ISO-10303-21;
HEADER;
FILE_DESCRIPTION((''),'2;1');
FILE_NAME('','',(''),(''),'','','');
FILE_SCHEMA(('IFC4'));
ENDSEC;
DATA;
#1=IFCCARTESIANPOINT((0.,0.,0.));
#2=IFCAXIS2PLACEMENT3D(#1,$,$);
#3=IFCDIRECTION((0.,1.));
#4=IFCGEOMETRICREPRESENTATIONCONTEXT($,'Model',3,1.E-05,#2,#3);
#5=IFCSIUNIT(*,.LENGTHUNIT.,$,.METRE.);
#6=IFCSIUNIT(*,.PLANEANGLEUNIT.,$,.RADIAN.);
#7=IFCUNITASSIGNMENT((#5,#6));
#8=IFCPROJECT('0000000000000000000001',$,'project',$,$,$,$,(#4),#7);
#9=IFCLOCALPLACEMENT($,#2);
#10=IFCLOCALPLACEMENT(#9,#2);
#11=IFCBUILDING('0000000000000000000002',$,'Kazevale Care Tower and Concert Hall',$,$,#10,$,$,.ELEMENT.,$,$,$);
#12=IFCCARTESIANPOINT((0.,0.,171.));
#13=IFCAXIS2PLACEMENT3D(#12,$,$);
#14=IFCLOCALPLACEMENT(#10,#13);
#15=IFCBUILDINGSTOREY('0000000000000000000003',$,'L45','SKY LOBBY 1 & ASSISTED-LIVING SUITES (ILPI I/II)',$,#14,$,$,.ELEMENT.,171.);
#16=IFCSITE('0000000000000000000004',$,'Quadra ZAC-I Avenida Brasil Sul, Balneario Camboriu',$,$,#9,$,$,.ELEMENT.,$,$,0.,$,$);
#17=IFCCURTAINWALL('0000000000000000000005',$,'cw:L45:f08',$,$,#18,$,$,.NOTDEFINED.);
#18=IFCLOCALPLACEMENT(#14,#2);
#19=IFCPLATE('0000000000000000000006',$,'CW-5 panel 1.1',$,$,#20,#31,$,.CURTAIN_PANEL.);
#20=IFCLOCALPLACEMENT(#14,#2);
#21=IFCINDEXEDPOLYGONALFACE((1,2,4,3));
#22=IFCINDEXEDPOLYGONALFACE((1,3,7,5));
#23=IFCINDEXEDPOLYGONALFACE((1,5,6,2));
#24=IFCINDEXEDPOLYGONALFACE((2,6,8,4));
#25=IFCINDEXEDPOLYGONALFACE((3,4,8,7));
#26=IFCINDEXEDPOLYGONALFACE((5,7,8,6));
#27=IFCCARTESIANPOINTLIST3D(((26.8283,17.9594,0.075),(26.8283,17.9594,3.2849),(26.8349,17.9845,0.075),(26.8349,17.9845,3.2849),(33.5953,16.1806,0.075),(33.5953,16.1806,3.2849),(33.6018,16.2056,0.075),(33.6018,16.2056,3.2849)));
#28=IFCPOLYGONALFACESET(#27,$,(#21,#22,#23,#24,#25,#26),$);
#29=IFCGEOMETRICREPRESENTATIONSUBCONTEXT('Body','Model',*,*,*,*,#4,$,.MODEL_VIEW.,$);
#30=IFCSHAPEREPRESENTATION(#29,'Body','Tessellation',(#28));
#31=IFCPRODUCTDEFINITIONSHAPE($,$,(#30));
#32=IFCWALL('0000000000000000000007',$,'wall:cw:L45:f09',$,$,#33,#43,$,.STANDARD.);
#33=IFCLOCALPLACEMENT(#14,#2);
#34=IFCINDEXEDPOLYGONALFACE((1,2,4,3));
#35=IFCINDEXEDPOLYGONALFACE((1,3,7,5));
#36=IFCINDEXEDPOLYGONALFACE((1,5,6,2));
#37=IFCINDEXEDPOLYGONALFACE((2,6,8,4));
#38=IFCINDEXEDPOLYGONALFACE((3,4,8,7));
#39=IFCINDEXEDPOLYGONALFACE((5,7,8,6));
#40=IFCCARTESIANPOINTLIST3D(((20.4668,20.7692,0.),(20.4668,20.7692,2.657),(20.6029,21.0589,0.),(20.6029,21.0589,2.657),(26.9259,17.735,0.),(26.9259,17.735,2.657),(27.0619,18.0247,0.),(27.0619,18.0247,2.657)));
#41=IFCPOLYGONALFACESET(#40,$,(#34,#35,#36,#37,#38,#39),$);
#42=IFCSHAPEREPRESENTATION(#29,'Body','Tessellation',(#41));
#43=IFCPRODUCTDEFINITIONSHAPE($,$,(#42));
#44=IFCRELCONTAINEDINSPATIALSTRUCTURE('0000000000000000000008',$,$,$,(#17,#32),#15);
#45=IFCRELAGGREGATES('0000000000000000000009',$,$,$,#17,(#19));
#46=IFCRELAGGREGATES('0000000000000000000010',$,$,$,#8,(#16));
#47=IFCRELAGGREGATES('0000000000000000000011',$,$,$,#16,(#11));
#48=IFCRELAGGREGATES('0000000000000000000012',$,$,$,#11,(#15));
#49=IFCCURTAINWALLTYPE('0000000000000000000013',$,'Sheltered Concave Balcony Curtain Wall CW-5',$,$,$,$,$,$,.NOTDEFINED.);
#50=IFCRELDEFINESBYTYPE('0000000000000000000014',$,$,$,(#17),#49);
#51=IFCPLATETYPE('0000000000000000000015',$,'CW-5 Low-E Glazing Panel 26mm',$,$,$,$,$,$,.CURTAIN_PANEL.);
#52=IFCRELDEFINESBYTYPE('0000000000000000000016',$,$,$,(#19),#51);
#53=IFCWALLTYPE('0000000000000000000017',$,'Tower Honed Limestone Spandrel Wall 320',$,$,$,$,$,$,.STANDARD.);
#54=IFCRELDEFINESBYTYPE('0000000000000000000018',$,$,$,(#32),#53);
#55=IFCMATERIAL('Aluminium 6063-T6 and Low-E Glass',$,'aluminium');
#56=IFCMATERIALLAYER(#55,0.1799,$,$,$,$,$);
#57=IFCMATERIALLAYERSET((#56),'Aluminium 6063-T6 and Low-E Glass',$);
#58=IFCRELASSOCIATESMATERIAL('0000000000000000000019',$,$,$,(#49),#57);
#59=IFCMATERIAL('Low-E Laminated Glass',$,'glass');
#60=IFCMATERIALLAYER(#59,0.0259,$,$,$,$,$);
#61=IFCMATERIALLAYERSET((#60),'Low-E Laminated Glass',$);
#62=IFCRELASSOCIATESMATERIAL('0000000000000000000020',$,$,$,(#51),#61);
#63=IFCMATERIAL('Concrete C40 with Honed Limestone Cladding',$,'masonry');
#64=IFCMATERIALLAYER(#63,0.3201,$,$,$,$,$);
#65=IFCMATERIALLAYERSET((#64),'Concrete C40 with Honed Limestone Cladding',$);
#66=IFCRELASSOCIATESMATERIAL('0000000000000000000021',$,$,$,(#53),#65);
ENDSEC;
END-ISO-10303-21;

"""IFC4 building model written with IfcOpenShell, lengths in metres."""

from ifc_helpers import new_model, si_unit, direction, frame, frame_2d, origin, origin_2d, place, context, subcontext, project, spatial, rectangle, extrude, material, layer, layer_set, type_object, element, aggregate, save


model = new_model("IFC4")

# Units and contexts
model_context = context("Model", 3, precision=1e-05, world=origin(), true_north=direction((0.0, 1.0)))
body_context = subcontext(model_context, "Body", "Model", "MODEL_VIEW")
ifc_project = project(units=[si_unit("LENGTHUNIT", "METRE"), si_unit("PLANEANGLEUNIT", "RADIAN")], contexts=[model_context])

# Site, building, storey
site_placement = place(None, origin())
site = spatial("IfcSite", under=ifc_project, at=site_placement, Name="Quadra ZAC-I Avenida Brasil Sul, Balneario Camboriu", CompositionType="ELEMENT", RefElevation=0.0)
building_placement = place(site_placement, origin())
building = spatial("IfcBuilding", under=site, at=building_placement, Name="Kazevale Care Tower and Concert Hall", CompositionType="ELEMENT")
storey_placement = place(building_placement, frame((0.0, 0.0, 171.0)))
storey = spatial("IfcBuildingStorey", under=building, at=storey_placement, Name="L45", Description="SKY LOBBY 1 & ASSISTED-LIVING SUITES (ILPI I/II)", CompositionType="ELEMENT", Elevation=171.0)

# Shared definitions
ifc_material_1 = material(Name="Aluminium 6063-T6 and Low-E Glass", Category="aluminium")
ifc_layer_1 = layer(ifc_material_1, 0.1799)
ifc_layer_set_1 = layer_set([ifc_layer_1], Name="Aluminium 6063-T6 and Low-E Glass")
curtain_wall_type = type_object("IfcCurtainWallType", Name="Sheltered Concave Balcony Curtain Wall CW-5", PredefinedType="NOTDEFINED", material=ifc_layer_set_1)

# Curtain wall
curtain_wall_1_placement = place(storey_placement, origin())
curtain_wall_1 = element("IfcCurtainWall", 1, at=curtain_wall_1_placement, inside=storey, type_object=curtain_wall_type, Name="cw:L45:f08", PredefinedType="NOTDEFINED")

# Plate
ifc_material_2 = material(Name="Low-E Laminated Glass", Category="glass")
ifc_layer_2 = layer(ifc_material_2, 0.0259)
ifc_layer_set_2 = layer_set([ifc_layer_2], Name="Low-E Laminated Glass")
plate_type = type_object("IfcPlateType", Name="CW-5 Low-E Glazing Panel 26mm", PredefinedType="CURTAIN_PANEL", material=ifc_layer_set_2)
plate_placement = place(storey_placement, frame((30.2151, 17.0825, 0.075), z_axis=(0.0, 0.0, 1.0), x_axis=(-0.967142, 0.254238, 0.0)))
plate = element("IfcPlate", 2, at=plate_placement, type_object=plate_type, Name="CW-5 panel 1.1", PredefinedType="CURTAIN_PANEL", context=body_context, shape_type="SweptSolid", body=[
    extrude(rectangle(XDim=6.9968, YDim=0.0259, at=origin_2d()), origin(), (0.0, 0.0, 1.0), 3.21),
])
aggregate(curtain_wall_1, [plate])

# Wall
ifc_material_3 = material(Name="Concrete C40 with Honed Limestone Cladding", Category="masonry")
ifc_layer_3 = layer(ifc_material_3, 0.3201)
ifc_layer_set_3 = layer_set([ifc_layer_3], Name="Concrete C40 with Honed Limestone Cladding")
wall_type = type_object("IfcWallType", Name="Tower Honed Limestone Spandrel Wall 320", PredefinedType="STANDARD", material=ifc_layer_set_3)
wall_placement = place(storey_placement, frame((26.9939, 17.8799, 0.0), z_axis=(0.0, 0.0, 1.0), x_axis=(-0.905107, 0.425184, 0.0)))
element("IfcWall", 3, at=wall_placement, inside=storey, type_object=wall_type, Name="wall:cw:L45:f09", PredefinedType="STANDARD", context=body_context, shape_type="SweptSolid", body=[
    extrude(rectangle(XDim=7.1362, YDim=0.3201, at=frame_2d((3.5681, 0.0))), origin(), (0.0, 0.0, 1.0), 2.657),
])

save(model, "model.ifc")
